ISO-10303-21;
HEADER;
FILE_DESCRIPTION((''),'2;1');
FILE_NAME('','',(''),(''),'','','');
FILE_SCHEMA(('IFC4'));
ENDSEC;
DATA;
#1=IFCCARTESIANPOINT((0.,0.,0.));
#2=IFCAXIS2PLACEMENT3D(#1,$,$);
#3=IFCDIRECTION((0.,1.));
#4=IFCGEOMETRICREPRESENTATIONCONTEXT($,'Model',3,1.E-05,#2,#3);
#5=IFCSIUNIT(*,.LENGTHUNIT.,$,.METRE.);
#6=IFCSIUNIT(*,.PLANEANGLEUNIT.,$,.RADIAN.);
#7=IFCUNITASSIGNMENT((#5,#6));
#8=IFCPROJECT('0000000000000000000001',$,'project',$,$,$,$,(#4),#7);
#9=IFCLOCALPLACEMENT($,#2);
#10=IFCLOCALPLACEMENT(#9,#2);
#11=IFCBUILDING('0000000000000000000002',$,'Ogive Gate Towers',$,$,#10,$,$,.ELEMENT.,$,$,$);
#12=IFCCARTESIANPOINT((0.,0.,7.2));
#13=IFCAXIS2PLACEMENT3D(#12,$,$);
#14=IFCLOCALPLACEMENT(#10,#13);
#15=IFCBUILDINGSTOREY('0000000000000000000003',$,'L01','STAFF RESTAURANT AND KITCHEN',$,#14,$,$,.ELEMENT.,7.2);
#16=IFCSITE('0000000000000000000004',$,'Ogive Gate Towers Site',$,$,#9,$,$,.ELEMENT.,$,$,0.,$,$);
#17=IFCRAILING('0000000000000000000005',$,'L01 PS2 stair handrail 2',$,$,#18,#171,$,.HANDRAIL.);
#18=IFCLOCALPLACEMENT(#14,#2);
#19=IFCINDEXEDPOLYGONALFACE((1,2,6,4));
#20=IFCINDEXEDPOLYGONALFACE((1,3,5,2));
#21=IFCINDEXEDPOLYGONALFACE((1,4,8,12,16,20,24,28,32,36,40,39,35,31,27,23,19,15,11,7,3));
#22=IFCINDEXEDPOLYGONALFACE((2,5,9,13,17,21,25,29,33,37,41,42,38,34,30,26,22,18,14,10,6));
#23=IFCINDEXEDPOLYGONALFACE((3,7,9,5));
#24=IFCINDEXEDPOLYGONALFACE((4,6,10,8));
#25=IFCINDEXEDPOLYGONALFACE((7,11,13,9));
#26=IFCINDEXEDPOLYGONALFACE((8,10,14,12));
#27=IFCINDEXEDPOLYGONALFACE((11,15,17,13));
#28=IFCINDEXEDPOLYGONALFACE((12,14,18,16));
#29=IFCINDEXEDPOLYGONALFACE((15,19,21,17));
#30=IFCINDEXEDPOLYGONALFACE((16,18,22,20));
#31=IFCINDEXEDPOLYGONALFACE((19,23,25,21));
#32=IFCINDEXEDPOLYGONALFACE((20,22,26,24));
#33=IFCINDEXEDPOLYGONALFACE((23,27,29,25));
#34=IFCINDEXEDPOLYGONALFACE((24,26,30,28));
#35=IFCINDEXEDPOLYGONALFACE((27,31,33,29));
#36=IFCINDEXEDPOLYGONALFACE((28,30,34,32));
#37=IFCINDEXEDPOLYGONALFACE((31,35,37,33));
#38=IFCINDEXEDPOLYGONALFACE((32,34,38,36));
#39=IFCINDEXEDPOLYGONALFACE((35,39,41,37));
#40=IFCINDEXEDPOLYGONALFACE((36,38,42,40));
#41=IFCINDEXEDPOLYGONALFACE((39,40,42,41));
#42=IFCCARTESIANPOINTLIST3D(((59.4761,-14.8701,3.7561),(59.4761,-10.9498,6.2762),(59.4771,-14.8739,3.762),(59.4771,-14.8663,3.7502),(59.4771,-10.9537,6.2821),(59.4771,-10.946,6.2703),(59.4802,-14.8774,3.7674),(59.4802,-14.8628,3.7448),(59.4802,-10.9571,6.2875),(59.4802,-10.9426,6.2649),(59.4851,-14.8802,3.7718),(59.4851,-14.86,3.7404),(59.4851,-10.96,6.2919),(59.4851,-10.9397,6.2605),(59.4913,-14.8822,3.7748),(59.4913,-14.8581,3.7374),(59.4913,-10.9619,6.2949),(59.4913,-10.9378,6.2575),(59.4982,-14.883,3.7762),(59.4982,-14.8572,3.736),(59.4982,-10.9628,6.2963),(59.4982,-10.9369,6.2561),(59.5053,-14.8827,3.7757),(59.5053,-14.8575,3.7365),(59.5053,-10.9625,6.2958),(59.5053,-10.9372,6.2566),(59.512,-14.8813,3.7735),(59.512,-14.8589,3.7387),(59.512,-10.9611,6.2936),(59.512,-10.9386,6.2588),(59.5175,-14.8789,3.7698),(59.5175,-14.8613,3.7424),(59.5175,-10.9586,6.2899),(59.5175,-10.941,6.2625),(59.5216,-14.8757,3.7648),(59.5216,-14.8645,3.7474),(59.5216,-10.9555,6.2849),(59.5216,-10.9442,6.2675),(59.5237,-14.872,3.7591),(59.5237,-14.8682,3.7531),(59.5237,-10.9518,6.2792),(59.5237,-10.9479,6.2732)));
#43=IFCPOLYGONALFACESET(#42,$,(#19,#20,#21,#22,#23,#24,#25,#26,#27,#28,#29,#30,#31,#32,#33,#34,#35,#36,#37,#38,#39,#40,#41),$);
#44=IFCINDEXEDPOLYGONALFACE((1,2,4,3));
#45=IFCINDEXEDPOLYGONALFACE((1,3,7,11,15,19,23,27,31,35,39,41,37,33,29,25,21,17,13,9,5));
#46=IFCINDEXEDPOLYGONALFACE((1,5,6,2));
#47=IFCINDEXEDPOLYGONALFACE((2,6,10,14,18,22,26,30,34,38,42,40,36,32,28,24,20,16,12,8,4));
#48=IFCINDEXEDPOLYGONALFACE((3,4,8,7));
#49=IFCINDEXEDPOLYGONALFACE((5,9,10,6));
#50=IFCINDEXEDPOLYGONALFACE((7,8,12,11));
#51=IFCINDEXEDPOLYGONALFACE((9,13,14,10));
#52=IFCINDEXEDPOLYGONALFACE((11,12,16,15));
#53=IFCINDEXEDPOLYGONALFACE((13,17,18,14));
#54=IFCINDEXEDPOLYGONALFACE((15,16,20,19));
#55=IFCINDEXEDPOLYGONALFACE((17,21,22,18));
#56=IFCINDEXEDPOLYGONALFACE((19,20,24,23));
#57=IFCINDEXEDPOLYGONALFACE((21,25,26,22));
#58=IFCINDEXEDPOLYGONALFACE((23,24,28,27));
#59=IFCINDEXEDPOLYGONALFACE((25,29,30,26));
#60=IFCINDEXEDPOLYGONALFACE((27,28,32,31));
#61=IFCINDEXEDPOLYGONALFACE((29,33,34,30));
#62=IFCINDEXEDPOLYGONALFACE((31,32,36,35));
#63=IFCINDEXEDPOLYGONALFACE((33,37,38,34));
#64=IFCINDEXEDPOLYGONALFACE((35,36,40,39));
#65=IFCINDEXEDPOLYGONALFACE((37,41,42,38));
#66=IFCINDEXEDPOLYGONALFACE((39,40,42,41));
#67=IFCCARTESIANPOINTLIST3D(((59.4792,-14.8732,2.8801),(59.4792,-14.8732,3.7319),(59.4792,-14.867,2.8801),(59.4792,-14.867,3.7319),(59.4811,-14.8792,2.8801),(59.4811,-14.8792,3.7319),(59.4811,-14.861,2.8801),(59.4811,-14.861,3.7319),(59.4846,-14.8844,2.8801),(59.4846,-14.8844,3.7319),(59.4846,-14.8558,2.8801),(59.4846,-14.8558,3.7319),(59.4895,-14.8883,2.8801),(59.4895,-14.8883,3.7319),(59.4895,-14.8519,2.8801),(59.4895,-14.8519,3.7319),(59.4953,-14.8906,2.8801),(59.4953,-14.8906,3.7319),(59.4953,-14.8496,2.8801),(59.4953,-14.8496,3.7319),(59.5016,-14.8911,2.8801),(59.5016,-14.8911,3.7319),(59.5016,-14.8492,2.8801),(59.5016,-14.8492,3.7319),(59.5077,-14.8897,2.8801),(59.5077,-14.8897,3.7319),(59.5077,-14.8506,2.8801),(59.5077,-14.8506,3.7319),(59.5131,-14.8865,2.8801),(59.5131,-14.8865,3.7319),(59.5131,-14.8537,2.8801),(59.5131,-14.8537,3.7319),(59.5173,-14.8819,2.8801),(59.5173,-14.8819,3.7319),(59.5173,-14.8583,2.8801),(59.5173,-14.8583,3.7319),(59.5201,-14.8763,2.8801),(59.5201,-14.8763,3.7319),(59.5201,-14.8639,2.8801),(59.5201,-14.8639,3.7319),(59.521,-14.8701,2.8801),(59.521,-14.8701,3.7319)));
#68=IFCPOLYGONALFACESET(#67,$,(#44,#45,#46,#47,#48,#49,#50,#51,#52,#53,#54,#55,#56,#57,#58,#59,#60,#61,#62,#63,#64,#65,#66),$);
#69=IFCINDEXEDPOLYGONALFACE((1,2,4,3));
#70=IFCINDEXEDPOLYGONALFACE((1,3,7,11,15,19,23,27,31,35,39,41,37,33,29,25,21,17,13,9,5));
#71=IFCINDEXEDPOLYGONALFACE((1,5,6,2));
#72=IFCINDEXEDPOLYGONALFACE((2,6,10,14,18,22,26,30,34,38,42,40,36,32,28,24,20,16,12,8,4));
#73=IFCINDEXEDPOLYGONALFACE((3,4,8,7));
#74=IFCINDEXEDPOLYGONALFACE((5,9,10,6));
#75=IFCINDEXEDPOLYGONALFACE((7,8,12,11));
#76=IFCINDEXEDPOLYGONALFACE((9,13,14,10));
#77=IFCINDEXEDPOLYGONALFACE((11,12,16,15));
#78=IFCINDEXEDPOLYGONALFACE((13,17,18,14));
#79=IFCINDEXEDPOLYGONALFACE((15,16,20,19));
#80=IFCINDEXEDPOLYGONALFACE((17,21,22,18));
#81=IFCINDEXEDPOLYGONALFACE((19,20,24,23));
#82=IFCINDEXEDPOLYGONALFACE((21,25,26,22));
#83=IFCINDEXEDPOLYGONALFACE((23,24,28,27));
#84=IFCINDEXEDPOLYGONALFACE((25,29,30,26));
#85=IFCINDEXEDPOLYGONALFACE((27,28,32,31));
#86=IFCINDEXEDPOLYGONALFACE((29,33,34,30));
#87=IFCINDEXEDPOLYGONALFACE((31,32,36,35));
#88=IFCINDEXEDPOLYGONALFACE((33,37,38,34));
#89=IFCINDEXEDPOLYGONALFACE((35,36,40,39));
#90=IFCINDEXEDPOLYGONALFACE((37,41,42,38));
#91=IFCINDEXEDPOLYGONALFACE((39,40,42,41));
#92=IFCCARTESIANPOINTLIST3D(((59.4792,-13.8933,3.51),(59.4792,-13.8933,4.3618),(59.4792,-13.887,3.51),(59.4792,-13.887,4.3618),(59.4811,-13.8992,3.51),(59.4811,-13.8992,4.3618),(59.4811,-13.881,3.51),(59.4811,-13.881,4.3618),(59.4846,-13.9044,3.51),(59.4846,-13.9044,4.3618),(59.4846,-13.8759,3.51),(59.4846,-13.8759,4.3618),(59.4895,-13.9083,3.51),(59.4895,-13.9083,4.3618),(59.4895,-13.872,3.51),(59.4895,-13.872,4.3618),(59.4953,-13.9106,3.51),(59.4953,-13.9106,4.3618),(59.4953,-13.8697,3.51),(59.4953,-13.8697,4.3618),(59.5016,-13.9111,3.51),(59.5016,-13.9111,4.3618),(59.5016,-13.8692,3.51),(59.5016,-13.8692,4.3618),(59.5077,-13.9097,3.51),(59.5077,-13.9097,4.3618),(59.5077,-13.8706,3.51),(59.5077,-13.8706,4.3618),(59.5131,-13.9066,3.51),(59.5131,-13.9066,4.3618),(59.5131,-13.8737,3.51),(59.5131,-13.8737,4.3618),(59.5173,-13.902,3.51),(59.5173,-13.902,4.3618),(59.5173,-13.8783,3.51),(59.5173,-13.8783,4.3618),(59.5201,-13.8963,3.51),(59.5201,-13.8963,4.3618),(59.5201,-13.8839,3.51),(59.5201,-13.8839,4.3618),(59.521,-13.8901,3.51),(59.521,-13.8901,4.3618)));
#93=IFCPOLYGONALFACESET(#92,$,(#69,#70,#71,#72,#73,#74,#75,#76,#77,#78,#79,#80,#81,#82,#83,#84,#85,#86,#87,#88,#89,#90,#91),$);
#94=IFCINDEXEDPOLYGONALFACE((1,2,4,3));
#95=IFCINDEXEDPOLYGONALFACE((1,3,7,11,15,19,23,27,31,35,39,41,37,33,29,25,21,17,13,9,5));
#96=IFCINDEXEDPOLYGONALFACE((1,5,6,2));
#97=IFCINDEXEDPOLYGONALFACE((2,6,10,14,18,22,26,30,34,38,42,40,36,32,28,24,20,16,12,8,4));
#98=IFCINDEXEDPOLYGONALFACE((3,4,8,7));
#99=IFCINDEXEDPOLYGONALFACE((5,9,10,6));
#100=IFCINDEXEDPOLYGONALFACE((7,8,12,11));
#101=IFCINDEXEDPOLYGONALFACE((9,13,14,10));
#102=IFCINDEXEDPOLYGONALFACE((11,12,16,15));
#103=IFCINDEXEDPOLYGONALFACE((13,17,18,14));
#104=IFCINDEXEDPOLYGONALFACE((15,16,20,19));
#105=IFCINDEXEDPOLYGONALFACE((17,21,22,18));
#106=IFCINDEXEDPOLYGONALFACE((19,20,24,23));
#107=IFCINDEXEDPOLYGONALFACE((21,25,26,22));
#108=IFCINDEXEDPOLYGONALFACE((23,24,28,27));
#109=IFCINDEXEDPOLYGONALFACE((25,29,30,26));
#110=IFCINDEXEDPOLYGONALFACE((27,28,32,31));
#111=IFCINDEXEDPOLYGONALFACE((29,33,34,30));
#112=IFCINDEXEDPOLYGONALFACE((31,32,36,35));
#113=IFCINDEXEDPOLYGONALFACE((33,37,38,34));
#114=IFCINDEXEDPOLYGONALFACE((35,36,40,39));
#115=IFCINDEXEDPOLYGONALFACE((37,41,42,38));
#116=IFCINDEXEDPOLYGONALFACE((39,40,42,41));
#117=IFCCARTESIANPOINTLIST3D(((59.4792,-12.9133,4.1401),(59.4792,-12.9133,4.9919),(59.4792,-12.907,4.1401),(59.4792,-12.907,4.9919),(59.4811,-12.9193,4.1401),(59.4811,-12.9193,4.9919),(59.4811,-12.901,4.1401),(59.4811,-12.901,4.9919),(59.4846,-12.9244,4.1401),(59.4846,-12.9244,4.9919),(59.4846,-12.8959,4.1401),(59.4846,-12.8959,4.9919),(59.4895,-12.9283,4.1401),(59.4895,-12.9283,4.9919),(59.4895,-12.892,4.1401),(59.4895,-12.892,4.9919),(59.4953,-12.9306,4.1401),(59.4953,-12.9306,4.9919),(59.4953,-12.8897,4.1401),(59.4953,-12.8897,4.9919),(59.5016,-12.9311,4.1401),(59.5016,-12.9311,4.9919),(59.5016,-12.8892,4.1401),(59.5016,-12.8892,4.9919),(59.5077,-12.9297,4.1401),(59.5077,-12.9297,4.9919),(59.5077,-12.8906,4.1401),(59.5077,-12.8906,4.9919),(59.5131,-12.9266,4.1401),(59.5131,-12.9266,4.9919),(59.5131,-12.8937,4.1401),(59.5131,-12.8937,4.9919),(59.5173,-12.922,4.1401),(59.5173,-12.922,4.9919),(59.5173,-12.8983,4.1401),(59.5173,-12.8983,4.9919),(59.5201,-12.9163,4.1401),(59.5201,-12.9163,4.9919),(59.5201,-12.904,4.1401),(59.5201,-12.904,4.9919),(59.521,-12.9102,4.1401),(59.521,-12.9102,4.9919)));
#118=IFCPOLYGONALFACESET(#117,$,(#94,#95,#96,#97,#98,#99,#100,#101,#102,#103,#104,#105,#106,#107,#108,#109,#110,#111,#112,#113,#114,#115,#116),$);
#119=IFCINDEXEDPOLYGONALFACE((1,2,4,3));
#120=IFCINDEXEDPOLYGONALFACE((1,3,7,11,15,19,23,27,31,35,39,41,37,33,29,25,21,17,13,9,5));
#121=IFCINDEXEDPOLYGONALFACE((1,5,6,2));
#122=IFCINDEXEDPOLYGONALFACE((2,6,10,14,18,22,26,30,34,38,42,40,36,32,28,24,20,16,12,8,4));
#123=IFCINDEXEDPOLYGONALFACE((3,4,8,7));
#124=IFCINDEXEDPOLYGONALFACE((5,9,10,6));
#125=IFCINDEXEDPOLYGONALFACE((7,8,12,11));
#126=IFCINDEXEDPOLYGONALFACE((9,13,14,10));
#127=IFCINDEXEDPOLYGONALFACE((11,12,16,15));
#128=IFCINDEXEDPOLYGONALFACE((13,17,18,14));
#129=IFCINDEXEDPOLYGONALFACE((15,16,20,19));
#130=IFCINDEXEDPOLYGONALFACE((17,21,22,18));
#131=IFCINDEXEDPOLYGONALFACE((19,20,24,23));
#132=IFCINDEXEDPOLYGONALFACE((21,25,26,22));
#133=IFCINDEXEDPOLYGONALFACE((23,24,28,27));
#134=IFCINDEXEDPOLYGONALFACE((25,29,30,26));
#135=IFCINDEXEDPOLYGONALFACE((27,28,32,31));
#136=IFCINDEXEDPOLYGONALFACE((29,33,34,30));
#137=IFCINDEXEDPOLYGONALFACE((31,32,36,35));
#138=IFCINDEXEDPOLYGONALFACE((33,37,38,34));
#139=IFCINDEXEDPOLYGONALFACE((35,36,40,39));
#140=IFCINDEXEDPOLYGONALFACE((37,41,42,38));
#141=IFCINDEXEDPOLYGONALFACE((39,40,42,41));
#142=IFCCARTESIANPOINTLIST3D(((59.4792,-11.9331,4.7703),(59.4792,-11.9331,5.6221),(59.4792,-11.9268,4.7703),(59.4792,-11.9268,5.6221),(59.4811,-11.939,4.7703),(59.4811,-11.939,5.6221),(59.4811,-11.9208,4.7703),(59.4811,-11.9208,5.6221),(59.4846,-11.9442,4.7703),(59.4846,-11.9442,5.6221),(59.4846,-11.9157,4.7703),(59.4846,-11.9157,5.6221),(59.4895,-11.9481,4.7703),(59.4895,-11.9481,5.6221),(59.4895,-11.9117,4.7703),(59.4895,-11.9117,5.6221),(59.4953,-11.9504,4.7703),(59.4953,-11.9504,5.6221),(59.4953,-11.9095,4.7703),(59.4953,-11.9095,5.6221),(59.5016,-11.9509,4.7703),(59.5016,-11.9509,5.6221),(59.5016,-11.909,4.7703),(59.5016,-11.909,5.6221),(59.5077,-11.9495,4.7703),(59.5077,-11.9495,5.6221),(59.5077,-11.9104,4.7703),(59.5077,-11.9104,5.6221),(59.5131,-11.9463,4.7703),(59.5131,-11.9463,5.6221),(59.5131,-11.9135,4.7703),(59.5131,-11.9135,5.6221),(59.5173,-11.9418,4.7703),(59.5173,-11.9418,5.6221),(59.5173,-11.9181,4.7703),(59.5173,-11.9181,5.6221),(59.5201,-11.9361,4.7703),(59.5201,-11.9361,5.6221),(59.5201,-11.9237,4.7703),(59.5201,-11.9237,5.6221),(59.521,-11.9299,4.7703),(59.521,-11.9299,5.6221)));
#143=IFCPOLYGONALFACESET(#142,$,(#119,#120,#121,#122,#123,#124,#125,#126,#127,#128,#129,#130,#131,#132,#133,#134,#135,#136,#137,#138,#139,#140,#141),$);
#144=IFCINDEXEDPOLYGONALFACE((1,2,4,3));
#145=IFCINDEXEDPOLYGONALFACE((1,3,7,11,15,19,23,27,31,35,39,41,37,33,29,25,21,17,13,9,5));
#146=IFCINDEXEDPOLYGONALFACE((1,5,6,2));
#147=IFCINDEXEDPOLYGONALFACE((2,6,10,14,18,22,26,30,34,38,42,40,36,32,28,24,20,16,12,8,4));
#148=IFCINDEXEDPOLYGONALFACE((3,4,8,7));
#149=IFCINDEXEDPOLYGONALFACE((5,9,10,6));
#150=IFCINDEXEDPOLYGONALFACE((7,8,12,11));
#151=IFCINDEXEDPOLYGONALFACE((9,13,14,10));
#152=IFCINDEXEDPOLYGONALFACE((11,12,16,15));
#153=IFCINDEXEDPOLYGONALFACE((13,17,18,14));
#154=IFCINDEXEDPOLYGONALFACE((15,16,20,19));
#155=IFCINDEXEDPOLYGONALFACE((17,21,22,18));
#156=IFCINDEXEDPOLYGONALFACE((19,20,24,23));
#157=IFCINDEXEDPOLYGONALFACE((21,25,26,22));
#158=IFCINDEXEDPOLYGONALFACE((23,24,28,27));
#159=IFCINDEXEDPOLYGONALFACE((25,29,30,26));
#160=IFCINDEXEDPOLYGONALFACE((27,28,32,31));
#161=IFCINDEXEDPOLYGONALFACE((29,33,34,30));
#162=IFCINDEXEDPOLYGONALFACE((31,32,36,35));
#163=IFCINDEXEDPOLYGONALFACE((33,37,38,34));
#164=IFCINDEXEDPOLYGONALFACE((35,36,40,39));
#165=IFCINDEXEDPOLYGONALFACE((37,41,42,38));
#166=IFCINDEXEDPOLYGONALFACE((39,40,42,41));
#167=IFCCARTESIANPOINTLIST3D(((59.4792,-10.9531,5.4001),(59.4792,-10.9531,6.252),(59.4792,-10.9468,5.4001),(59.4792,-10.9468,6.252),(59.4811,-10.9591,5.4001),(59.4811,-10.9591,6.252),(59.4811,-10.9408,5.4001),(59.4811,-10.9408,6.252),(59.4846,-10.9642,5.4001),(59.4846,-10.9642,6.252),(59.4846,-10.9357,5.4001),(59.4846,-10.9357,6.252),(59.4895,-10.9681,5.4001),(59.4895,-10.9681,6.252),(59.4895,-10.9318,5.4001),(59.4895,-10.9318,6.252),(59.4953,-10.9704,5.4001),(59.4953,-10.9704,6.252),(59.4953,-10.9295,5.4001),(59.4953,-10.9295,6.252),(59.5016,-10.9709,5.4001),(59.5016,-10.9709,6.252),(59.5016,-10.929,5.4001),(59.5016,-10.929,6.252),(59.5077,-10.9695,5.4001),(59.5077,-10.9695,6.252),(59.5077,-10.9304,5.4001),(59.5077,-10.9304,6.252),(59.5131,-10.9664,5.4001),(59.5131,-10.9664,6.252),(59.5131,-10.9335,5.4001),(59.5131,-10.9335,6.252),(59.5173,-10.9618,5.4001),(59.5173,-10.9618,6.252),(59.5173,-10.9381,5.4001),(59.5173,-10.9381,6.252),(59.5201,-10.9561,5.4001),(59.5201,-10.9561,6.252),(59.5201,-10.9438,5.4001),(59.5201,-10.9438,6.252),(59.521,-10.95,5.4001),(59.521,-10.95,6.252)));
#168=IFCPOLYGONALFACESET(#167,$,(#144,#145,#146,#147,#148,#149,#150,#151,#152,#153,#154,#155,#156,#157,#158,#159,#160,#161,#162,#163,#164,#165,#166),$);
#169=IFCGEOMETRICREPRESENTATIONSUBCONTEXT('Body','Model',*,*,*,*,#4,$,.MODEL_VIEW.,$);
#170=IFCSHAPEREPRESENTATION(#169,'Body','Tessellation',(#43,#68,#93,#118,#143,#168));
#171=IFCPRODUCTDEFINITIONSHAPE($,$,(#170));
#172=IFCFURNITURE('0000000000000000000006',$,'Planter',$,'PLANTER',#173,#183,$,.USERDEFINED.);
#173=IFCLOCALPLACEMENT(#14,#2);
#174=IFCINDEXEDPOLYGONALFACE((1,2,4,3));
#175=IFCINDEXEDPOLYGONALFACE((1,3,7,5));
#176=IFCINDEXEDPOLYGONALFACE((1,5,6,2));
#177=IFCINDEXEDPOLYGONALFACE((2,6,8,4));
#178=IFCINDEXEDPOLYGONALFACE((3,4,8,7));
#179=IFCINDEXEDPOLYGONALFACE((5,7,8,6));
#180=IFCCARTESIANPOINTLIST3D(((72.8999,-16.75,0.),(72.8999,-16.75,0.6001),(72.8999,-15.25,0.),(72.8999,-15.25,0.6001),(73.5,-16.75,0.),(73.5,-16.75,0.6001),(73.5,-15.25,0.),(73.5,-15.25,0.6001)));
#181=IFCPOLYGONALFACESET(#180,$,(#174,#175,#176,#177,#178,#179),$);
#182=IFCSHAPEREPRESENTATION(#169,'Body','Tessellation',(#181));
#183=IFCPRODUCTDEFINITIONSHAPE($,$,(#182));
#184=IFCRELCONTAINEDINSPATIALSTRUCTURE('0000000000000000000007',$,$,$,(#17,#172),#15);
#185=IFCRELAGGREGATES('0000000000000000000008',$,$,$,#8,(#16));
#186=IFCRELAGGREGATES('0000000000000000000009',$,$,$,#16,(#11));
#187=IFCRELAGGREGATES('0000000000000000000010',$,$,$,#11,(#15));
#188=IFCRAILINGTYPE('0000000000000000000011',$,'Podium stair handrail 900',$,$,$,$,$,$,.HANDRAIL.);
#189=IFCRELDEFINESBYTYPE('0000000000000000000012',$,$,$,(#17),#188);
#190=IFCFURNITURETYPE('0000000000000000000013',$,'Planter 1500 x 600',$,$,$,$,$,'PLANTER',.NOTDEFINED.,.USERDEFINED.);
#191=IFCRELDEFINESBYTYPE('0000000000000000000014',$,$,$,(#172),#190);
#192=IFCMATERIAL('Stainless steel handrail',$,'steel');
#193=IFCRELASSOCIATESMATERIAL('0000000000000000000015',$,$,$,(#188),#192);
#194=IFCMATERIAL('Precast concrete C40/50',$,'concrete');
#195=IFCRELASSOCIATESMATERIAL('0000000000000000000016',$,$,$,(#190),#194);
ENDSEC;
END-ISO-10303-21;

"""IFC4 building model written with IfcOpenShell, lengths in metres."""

from ifc_helpers import new_model, si_unit, direction, frame, origin, origin_2d, place, context, subcontext, project, spatial, rectangle, circle, extrude, material, type_object, element, save


model = new_model("IFC4")

# Units and contexts
model_context = context("Model", 3, precision=1e-05, world=origin(), true_north=direction((0.0, 1.0)))
body_context = subcontext(model_context, "Body", "Model", "MODEL_VIEW")
ifc_project = project(units=[si_unit("LENGTHUNIT", "METRE"), si_unit("PLANEANGLEUNIT", "RADIAN")], contexts=[model_context])

# Site, building, storey
site_placement = place(None, origin())
site = spatial("IfcSite", under=ifc_project, at=site_placement, Name="Ogive Gate Towers Site", CompositionType="ELEMENT", RefElevation=0.0)
building_placement = place(site_placement, origin())
building = spatial("IfcBuilding", under=site, at=building_placement, Name="Ogive Gate Towers", CompositionType="ELEMENT")
storey_placement = place(building_placement, frame((0.0, 0.0, 7.2)))
storey = spatial("IfcBuildingStorey", under=building, at=storey_placement, Name="L01", Description="STAFF RESTAURANT AND KITCHEN", CompositionType="ELEMENT", Elevation=7.2)

# Shared definitions
ifc_material_1 = material(Name="Precast concrete C40/50", Category="concrete")

# Railing
ifc_material_2 = material(Name="Stainless steel handrail", Category="steel")
railing_type_1 = type_object("IfcRailingType", Name="Podium stair handrail 900", PredefinedType="HANDRAIL", material=ifc_material_2)
railing_1_placement = place(storey_placement, frame((59.5, -14.8701, 2.8801)))
element("IfcRailing", 1, at=railing_1_placement, inside=storey, type_object=railing_type_1, Name="L01 PS2 stair handrail 2", PredefinedType="HANDRAIL", context=body_context, shape_type="SweptSolid", body=[
    extrude(circle(Radius=0.0239, at=origin_2d()), frame((0.0, 0.0, 0.876), z_axis=(0.0, 0.841187, 0.540744), x_axis=(-1.0, 0.0, 0.0)), (0.0, 0.0, 1.0), 4.6604),
    extrude(circle(Radius=0.021, at=origin_2d()), origin(), (0.0, 0.0, 1.0), 0.8518),
    extrude(circle(Radius=0.021, at=origin_2d()), frame((0.0, 0.98, 0.6299)), (0.0, 0.0, 1.0), 0.8518),
    extrude(circle(Radius=0.021, at=origin_2d()), frame((0.0, 1.96, 1.26)), (0.0, 0.0, 1.0), 0.8518),
    extrude(circle(Radius=0.021, at=origin_2d()), frame((0.0, 2.9402, 1.8901)), (0.0, 0.0, 1.0), 0.8518),
    extrude(circle(Radius=0.021, at=origin_2d()), frame((0.0, 3.9202, 2.52)), (0.0, 0.0, 1.0), 0.8518),
])

# Furniture
furniture_type = type_object("IfcFurnitureType", Name="Planter 1500 x 600", ElementType="PLANTER", AssemblyPlace="NOTDEFINED", PredefinedType="USERDEFINED", material=ifc_material_1)
furniture_placement = place(storey_placement, frame((73.2, -16.0, 0.0), z_axis=(0.0, 0.0, 1.0), x_axis=(0.0, 1.0, 0.0)))
element("IfcFurniture", 2, at=furniture_placement, inside=storey, type_object=furniture_type, Name="Planter", ObjectType="PLANTER", PredefinedType="USERDEFINED", context=body_context, shape_type="SweptSolid", body=[
    extrude(rectangle(XDim=1.5, YDim=0.6001, at=origin_2d()), origin(), (0.0, 0.0, 1.0), 0.6001),
])

save(model, "model.ifc")
